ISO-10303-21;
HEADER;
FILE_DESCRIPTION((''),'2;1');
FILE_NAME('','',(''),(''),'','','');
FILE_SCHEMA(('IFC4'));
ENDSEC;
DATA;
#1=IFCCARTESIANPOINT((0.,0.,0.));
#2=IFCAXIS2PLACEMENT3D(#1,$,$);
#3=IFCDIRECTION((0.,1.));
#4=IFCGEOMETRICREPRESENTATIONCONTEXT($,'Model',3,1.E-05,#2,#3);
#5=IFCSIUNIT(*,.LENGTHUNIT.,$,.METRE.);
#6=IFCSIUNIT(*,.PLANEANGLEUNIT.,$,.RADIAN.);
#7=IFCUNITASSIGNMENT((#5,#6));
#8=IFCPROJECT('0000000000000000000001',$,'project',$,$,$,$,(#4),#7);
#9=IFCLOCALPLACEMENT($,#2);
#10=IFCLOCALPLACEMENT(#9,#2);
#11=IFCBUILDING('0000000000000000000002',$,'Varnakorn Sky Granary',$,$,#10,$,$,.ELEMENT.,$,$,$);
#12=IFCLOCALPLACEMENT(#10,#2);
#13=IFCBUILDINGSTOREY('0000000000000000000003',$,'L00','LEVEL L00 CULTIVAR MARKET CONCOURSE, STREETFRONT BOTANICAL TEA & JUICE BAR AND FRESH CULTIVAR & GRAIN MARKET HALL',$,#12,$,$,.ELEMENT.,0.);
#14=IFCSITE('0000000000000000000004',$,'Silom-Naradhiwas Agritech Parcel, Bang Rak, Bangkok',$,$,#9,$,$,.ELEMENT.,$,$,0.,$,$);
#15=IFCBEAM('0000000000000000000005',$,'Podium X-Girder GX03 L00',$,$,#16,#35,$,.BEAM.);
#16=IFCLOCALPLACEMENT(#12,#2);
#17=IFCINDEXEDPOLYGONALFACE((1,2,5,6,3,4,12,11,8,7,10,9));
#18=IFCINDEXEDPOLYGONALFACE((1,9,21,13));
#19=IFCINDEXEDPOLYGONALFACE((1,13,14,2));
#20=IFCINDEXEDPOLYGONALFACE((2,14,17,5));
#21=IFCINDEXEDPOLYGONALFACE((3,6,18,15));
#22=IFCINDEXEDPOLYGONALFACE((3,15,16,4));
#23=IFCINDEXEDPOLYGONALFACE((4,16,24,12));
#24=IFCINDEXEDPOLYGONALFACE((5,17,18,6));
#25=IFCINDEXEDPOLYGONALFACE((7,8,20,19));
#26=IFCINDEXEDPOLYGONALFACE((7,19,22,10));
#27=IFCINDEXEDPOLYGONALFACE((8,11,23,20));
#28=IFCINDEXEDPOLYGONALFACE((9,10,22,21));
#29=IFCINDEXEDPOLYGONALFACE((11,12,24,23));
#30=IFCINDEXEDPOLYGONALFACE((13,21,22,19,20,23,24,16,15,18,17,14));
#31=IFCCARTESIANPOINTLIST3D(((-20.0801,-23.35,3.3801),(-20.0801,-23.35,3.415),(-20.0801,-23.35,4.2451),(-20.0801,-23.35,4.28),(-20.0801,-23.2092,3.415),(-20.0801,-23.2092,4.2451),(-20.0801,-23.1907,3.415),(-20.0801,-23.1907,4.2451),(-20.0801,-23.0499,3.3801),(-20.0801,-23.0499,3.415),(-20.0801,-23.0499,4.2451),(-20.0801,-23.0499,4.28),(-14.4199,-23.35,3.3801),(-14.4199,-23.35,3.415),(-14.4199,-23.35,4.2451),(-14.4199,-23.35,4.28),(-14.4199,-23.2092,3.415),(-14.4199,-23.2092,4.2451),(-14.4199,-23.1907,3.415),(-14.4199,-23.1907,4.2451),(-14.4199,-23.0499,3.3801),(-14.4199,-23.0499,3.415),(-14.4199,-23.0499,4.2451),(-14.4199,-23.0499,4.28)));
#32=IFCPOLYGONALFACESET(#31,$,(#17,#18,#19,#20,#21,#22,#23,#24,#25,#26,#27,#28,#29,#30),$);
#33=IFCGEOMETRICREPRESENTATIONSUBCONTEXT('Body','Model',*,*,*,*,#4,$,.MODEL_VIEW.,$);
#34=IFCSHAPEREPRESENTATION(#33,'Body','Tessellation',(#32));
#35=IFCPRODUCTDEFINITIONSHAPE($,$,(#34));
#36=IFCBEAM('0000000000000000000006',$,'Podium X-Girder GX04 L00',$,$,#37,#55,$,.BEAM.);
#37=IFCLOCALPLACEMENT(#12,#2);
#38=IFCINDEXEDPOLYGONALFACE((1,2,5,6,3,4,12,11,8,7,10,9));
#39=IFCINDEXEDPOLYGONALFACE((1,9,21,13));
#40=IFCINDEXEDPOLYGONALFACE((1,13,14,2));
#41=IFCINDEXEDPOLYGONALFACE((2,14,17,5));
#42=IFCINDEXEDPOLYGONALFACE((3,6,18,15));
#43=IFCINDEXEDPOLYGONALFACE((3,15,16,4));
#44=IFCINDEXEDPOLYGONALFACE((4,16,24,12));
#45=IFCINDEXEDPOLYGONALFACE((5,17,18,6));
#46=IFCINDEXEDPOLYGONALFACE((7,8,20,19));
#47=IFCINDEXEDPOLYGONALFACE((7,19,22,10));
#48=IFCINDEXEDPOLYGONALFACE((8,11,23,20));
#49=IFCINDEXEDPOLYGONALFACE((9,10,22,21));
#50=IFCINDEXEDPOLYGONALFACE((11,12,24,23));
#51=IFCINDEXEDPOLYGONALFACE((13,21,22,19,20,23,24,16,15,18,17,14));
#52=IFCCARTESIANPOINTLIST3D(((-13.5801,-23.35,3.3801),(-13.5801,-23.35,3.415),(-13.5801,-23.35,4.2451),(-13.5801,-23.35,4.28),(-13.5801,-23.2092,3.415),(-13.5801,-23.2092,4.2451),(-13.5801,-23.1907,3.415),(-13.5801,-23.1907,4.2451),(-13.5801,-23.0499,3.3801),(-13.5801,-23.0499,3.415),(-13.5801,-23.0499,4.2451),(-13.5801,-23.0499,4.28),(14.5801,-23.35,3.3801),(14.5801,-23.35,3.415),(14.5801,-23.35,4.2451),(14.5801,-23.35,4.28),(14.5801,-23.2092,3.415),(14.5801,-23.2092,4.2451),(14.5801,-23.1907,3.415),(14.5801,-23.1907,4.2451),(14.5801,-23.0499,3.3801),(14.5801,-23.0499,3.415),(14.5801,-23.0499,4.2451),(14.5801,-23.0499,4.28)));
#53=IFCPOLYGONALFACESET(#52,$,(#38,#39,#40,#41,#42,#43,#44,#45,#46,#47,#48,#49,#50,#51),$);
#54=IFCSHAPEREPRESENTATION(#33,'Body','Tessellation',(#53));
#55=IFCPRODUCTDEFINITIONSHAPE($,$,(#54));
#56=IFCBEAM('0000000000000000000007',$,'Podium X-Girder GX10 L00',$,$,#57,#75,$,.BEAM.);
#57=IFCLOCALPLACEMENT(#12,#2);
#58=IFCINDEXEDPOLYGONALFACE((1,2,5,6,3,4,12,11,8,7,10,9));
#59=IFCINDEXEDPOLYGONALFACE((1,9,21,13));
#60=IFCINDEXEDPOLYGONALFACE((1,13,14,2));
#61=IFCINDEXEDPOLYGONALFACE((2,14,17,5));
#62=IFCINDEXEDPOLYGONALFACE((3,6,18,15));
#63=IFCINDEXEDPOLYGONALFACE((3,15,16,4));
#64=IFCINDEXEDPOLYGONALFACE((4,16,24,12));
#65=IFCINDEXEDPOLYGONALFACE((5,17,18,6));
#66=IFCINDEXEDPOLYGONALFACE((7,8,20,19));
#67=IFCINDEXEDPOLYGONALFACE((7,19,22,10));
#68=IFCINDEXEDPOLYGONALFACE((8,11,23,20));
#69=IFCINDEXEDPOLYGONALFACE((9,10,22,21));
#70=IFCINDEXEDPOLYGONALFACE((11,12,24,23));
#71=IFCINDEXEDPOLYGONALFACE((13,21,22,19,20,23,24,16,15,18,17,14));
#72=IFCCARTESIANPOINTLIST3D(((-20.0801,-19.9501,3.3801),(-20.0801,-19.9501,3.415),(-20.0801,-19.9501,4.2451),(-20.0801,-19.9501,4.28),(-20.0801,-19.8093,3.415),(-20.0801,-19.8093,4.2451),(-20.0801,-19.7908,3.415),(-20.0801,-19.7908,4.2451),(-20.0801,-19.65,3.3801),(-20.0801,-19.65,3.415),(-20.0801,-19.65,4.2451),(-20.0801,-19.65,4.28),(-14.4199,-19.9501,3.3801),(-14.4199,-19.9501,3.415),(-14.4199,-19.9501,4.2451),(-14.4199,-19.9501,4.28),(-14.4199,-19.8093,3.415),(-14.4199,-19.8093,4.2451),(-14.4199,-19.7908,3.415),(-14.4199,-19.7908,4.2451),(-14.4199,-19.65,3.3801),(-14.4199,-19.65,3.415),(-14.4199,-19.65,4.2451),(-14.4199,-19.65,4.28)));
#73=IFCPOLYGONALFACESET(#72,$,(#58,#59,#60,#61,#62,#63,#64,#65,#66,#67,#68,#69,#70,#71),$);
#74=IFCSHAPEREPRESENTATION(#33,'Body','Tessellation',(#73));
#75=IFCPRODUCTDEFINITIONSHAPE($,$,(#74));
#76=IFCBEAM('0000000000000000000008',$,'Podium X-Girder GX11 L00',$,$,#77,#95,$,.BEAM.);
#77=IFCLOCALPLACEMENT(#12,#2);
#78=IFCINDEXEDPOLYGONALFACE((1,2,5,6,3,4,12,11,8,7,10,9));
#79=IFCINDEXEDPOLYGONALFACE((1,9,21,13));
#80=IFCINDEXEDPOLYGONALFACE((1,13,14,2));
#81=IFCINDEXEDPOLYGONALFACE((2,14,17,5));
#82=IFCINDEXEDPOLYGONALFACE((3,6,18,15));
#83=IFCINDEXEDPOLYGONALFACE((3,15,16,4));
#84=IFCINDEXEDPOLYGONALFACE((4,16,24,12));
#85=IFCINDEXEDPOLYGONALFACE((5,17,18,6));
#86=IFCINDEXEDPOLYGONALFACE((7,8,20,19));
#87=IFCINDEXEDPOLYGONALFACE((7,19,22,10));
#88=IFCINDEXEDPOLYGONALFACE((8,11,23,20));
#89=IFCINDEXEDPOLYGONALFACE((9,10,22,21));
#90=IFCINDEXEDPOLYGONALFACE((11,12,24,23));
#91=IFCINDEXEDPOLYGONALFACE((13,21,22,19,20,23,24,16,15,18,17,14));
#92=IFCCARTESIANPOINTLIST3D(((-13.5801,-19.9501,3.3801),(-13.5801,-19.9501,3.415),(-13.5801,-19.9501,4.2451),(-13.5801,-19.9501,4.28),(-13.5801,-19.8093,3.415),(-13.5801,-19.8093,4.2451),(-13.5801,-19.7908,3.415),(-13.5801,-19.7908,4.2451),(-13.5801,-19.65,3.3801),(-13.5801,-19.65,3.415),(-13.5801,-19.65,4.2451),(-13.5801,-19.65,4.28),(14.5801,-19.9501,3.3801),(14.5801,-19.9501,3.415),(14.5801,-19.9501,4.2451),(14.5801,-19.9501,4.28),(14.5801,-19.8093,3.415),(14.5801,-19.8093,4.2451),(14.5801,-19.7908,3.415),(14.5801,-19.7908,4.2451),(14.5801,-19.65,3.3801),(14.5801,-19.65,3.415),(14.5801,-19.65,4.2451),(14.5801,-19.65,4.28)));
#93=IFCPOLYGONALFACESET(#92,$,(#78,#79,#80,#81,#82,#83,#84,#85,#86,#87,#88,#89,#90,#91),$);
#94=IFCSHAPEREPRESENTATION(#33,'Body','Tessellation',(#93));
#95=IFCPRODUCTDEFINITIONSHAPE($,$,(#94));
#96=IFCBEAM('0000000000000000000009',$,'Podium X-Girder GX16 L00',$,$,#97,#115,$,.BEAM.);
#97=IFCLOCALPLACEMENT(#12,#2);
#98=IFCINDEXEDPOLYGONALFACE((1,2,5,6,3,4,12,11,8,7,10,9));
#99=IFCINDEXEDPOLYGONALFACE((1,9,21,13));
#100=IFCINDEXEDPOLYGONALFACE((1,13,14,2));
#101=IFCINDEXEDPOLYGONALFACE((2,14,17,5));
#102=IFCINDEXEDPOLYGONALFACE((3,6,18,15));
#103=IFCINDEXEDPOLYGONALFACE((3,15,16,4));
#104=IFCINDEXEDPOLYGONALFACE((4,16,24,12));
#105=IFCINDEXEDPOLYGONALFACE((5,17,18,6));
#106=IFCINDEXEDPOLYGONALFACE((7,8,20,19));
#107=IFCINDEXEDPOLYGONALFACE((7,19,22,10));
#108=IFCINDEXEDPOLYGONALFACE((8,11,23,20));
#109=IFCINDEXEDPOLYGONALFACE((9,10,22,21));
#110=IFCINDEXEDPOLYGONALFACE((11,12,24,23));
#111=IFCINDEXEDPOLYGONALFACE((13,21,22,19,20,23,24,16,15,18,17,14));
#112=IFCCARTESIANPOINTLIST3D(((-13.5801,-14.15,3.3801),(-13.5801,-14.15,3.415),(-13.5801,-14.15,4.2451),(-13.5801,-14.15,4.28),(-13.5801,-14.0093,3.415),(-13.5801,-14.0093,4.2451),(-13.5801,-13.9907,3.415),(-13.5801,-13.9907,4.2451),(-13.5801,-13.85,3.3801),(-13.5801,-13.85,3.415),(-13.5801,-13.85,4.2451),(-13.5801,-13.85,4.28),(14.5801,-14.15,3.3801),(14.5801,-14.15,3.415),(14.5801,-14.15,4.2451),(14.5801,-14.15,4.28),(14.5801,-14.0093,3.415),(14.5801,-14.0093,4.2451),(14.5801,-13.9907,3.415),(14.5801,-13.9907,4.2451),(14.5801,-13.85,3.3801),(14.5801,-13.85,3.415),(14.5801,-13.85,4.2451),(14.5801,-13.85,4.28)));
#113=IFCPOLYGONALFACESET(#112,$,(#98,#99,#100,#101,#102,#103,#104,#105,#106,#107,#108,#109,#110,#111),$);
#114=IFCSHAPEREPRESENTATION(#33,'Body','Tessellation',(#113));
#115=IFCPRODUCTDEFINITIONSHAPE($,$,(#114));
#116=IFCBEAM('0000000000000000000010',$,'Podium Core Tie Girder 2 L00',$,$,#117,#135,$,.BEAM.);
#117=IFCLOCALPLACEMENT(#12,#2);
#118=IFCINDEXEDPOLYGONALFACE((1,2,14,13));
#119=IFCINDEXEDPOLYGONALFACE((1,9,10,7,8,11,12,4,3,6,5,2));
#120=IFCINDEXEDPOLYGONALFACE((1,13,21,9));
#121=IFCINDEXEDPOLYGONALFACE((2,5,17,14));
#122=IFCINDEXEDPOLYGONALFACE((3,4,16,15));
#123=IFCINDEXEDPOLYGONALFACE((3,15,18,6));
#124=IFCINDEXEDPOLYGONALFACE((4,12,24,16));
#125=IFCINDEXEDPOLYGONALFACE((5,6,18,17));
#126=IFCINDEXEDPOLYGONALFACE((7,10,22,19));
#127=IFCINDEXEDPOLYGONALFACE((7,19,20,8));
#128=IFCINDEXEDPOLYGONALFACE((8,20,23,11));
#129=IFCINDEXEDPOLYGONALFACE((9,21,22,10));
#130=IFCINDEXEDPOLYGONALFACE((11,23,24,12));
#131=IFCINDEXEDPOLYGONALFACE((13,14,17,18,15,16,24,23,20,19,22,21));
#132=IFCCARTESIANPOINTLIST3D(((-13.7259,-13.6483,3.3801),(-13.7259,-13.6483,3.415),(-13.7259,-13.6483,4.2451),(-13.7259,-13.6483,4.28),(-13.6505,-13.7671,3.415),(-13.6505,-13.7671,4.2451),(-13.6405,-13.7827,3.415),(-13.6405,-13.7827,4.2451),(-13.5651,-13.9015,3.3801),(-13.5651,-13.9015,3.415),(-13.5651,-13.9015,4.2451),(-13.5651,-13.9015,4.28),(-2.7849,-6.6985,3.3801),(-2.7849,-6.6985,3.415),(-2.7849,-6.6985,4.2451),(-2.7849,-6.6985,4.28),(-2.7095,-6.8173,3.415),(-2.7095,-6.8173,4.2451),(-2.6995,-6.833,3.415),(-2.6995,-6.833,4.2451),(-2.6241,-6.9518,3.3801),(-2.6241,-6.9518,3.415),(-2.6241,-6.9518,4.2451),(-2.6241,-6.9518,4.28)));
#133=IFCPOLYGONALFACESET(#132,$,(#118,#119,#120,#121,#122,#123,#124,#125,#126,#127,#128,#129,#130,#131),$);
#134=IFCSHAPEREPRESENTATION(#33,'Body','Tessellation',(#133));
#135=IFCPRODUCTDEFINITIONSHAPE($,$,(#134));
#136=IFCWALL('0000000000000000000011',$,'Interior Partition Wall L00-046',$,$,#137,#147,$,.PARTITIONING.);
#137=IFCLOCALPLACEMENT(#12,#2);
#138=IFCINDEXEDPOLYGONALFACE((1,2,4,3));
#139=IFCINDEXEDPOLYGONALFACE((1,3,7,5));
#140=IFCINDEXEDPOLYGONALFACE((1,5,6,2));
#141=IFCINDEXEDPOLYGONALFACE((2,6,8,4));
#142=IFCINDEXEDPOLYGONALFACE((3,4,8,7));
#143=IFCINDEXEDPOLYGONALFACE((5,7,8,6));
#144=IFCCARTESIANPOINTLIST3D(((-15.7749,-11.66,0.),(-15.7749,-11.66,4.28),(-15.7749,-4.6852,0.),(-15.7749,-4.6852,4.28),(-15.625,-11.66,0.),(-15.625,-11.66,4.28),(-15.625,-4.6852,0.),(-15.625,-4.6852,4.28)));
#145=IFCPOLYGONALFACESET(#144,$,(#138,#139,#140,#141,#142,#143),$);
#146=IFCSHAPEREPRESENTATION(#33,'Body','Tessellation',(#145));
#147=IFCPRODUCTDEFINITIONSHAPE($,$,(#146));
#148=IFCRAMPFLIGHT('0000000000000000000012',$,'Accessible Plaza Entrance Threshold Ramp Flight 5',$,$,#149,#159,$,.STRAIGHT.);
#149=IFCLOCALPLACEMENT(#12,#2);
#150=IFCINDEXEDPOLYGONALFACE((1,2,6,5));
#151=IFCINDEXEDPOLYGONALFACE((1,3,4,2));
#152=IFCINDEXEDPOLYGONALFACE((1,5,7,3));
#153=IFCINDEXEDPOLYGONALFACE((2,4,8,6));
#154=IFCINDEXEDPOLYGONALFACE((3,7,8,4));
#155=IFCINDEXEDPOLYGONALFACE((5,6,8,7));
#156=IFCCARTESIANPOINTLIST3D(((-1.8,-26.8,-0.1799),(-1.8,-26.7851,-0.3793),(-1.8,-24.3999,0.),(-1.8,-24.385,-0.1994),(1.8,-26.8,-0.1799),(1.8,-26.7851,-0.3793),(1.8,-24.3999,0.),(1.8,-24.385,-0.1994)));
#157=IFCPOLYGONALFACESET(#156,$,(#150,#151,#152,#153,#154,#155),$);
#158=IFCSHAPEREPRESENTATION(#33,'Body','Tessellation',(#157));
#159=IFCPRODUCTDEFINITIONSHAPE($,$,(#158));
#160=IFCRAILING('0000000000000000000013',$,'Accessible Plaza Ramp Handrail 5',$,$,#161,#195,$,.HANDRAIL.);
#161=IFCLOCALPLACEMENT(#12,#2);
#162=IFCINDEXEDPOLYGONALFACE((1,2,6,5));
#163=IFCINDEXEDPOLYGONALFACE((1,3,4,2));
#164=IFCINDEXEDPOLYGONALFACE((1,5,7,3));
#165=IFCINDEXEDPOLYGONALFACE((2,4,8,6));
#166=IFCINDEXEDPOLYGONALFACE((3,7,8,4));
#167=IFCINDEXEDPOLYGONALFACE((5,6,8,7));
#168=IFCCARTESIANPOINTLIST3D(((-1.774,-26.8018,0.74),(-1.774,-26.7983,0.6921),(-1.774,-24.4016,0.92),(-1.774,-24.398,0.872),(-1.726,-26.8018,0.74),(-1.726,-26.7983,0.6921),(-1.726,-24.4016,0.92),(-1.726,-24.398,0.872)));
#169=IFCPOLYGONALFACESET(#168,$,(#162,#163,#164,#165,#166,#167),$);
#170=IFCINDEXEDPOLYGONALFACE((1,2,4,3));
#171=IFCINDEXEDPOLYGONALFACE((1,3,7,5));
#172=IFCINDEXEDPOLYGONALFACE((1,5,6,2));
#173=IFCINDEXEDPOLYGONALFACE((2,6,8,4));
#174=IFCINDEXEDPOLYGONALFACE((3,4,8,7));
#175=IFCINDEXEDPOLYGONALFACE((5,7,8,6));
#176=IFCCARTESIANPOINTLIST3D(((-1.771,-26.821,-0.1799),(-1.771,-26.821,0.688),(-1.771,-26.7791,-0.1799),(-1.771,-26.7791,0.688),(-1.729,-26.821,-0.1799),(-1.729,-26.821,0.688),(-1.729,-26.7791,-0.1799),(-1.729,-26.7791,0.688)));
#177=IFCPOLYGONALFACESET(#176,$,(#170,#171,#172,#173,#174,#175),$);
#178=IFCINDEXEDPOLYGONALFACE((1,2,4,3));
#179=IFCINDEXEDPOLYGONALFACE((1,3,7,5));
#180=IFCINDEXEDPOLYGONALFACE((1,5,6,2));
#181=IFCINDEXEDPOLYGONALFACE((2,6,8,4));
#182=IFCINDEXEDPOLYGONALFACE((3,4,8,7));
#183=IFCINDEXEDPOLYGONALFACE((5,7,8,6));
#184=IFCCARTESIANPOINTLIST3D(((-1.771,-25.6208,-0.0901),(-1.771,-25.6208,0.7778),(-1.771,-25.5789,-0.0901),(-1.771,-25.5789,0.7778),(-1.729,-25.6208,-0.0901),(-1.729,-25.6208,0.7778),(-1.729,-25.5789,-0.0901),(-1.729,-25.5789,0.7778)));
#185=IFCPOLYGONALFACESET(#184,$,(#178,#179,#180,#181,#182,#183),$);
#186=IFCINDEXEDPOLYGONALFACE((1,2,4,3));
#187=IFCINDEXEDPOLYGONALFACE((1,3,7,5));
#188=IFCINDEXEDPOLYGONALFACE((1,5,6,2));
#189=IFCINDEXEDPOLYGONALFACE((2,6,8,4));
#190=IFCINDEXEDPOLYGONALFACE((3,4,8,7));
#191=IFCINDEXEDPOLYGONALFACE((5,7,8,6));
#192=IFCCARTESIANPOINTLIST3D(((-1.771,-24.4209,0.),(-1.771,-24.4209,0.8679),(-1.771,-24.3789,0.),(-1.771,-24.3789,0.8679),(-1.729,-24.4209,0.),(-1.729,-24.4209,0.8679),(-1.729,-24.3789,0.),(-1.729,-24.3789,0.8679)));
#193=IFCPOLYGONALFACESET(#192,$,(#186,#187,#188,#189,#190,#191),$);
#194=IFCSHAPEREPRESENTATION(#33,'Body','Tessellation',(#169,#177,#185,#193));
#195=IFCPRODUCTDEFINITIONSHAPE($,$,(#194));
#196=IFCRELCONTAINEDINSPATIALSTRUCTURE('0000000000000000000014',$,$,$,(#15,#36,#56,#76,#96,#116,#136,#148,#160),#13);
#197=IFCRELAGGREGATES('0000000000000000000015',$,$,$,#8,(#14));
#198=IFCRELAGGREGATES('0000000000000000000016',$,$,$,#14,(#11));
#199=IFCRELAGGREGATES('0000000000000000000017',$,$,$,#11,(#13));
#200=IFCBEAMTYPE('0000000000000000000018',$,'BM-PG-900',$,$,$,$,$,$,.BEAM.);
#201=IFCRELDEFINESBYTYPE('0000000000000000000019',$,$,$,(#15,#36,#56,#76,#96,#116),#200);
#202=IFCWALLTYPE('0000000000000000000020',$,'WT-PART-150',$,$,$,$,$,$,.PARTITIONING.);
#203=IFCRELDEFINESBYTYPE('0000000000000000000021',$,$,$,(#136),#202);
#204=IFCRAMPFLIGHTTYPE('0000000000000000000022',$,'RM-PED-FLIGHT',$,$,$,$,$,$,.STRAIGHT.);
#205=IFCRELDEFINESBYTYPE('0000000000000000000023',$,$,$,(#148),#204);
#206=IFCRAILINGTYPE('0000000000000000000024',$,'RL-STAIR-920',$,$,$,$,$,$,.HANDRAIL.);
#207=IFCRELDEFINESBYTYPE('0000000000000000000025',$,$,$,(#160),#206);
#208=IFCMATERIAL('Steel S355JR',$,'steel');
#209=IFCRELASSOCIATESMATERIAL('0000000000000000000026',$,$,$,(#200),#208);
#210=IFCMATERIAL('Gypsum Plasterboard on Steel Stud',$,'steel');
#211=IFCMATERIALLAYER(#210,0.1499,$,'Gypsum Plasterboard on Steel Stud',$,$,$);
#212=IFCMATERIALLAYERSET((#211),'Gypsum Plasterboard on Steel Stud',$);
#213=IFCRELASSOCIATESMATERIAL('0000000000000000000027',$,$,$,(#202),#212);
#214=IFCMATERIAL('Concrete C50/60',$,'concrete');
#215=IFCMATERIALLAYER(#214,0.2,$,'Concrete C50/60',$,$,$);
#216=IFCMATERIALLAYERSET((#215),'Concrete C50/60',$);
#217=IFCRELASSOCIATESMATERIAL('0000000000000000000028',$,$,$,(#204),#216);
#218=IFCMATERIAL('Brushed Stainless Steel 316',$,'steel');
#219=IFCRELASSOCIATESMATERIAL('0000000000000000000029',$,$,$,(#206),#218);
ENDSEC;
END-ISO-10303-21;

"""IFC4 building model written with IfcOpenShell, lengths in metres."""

from ifc_helpers import new_model, si_unit, direction, frame, frame_2d, origin, origin_2d, place, context, subcontext, project, spatial, polyline, rectangle, i_section, outline, extrude, material, layer, layer_set, material_profile, profile_set, type_object, element, save


model = new_model("IFC4")

# Units and contexts
model_context = context("Model", 3, precision=1e-05, world=origin(), true_north=direction((0.0, 1.0)))
body_context = subcontext(model_context, "Body", "Model", "MODEL_VIEW")
ifc_project = project(units=[si_unit("LENGTHUNIT", "METRE"), si_unit("PLANEANGLEUNIT", "RADIAN")], contexts=[model_context])

# Site, building, storey
site_placement = place(None, origin())
site = spatial("IfcSite", under=ifc_project, at=site_placement, Name="Silom-Naradhiwas Agritech Parcel, Bang Rak, Bangkok", CompositionType="ELEMENT", RefElevation=0.0)
building_placement = place(site_placement, origin())
building = spatial("IfcBuilding", under=site, at=building_placement, Name="Varnakorn Sky Granary", CompositionType="ELEMENT")
storey_placement = place(building_placement, origin())
storey = spatial("IfcBuildingStorey", under=building, at=storey_placement, Name="L00", Description="LEVEL L00 CULTIVAR MARKET CONCOURSE, STREETFRONT BOTANICAL TEA & JUICE BAR AND FRESH CULTIVAR & GRAIN MARKET HALL", CompositionType="ELEMENT", Elevation=0.0)

# Shared definitions
ifc_material_1 = material(Name="Concrete C50/60", Category="concrete")

# Beams
ifc_material_2 = material(Name="Steel S355JR", Category="steel")
ifc_material_profile_1 = material_profile(ifc_material_2, i_section(OverallWidth=0.3, OverallDepth=0.8999, WebThickness=0.0186, FlangeThickness=0.0349, at=origin_2d()), Name="HE 900 B")
ifc_profile_set_1 = profile_set([ifc_material_profile_1], Name="Steel S355JR")
beam_type_1 = type_object("IfcBeamType", Name="BM-PG-900", PredefinedType="BEAM", material=ifc_profile_set_1)
beam_1_placement = place(storey_placement, frame((-20.0801, -23.2, 3.8301), z_axis=(1.0, 0.0, 0.0), x_axis=(0.0, 1.0, 0.0)))
element("IfcBeam", 1, at=beam_1_placement, inside=storey, type_object=beam_type_1, Name="Podium X-Girder GX03 L00", PredefinedType="BEAM", context=body_context, shape_type="SweptSolid", body=[
    extrude(i_section(OverallWidth=0.3, OverallDepth=0.8999, WebThickness=0.0186, FlangeThickness=0.0349, at=origin_2d()), origin(), (0.0, 0.0, 1.0), 5.6602),
])
beam_2_placement = place(storey_placement, frame((-13.5801, -23.2, 3.8301), z_axis=(1.0, 0.0, 0.0), x_axis=(0.0, 1.0, 0.0)))
element("IfcBeam", 2, at=beam_2_placement, inside=storey, type_object=beam_type_1, Name="Podium X-Girder GX04 L00", PredefinedType="BEAM", context=body_context, shape_type="SweptSolid", body=[
    extrude(i_section(OverallWidth=0.3, OverallDepth=0.8999, WebThickness=0.0186, FlangeThickness=0.0349, at=origin_2d()), origin(), (0.0, 0.0, 1.0), 28.1602),
])
beam_3_placement = place(storey_placement, frame((-20.0801, -19.8, 3.8301), z_axis=(1.0, 0.0, 0.0), x_axis=(0.0, 1.0, 0.0)))
element("IfcBeam", 3, at=beam_3_placement, inside=storey, type_object=beam_type_1, Name="Podium X-Girder GX10 L00", PredefinedType="BEAM", context=body_context, shape_type="SweptSolid", body=[
    extrude(i_section(OverallWidth=0.3, OverallDepth=0.8999, WebThickness=0.0186, FlangeThickness=0.0349, at=origin_2d()), origin(), (0.0, 0.0, 1.0), 5.6602),
])
for number, where, z_axis, x_axis, name in (
    (4, (-13.5801, -19.8, 3.8301), (1.0, 0.0, 0.0), (0.0, 1.0, 0.0), "Podium X-Girder GX11 L00"),
    (5, (-13.5801, -14.0, 3.8301), (1.0, 0.0, 0.0), (0.0, 1.0, 0.0), "Podium X-Girder GX16 L00"),
):
    element("IfcBeam", number, at=place(storey_placement, frame(where, z_axis=z_axis, x_axis=x_axis)), inside=storey, type_object=beam_type_1, Name=name, PredefinedType="BEAM", context=body_context, shape_type="SweptSolid", body=[
        extrude(i_section(OverallWidth=0.3, OverallDepth=0.8999, WebThickness=0.0186, FlangeThickness=0.0349, at=origin_2d()), origin(), (0.0, 0.0, 1.0), 28.1602),
    ])
beam_4_placement = place(storey_placement, frame((-13.6455, -13.7749, 3.8301), z_axis=(0.844105, 0.536178, 0.0), x_axis=(-0.536178, 0.844105, 0.0)))
element("IfcBeam", 6, at=beam_4_placement, inside=storey, type_object=beam_type_1, Name="Podium Core Tie Girder 2 L00", PredefinedType="BEAM", context=body_context, shape_type="SweptSolid", body=[
    extrude(i_section(OverallWidth=0.3, OverallDepth=0.8999, WebThickness=0.0186, FlangeThickness=0.0349, at=origin_2d()), origin(), (0.0, 0.0, 1.0), 12.9617),
])

# Wall
ifc_material_3 = material(Name="Gypsum Plasterboard on Steel Stud", Category="steel")
ifc_layer_1 = layer(ifc_material_3, 0.1499, Name="Gypsum Plasterboard on Steel Stud")
ifc_layer_set_1 = layer_set([ifc_layer_1], Name="Gypsum Plasterboard on Steel Stud")
wall_type = type_object("IfcWallType", Name="WT-PART-150", PredefinedType="PARTITIONING", material=ifc_layer_set_1)
wall_placement = place(storey_placement, frame((-15.7, -11.6599, 0.0), z_axis=(0.0, 0.0, 1.0), x_axis=(0.0, 1.0, 0.0)))
element("IfcWall", 7, at=wall_placement, inside=storey, type_object=wall_type, Name="Interior Partition Wall L00-046", PredefinedType="PARTITIONING", context=body_context, shape_type="SweptSolid", body=[
    extrude(rectangle(XDim=6.9749, YDim=0.1499, at=frame_2d((3.4873, 0.0))), origin(), (0.0, 0.0, 1.0), 4.28),
])

# Ramp flight
ifc_layer_2 = layer(ifc_material_1, 0.2, Name="Concrete C50/60")
ifc_layer_set_2 = layer_set([ifc_layer_2], Name="Concrete C50/60")
ramp_flight_type = type_object("IfcRampFlightType", Name="RM-PED-FLIGHT", PredefinedType="STRAIGHT", material=ifc_layer_set_2)
ramp_flight_placement = place(storey_placement, frame((-1.8, -26.8, -0.1799), z_axis=(0.0, -0.074757, 0.997202), x_axis=(1.0, 0.0, 0.0)))
element("IfcRampFlight", 8, at=ramp_flight_placement, inside=storey, type_object=ramp_flight_type, Name="Accessible Plaza Entrance Threshold Ramp Flight 5", PredefinedType="STRAIGHT", context=body_context, shape_type="SweptSolid", body=[
    extrude(outline(polyline([(0.0, 0.0), (3.6001, 0.0), (3.6001, 2.4069), (0.0, 2.4069), (0.0, 0.0)])), origin(), (0.0, 0.0, -1.0), 0.2),
])

# Railing
ifc_material_4 = material(Name="Brushed Stainless Steel 316", Category="steel")
railing_type_1 = type_object("IfcRailingType", Name="RL-STAIR-920", PredefinedType="HANDRAIL", material=ifc_material_4)
railing_1_placement = place(storey_placement, frame((-1.75, -26.8, -0.1799)))
element("IfcRailing", 9, at=railing_1_placement, inside=storey, type_object=railing_type_1, Name="Accessible Plaza Ramp Handrail 5", PredefinedType="HANDRAIL", context=body_context, shape_type="SweptSolid", body=[
    extrude(rectangle(XDim=0.0481, YDim=0.0481, at=origin_2d()), frame((0.0, 0.0, 0.896), z_axis=(0.0, 0.997202, 0.074757), x_axis=(-1.0, 0.0, 0.0)), (0.0, 0.0, 1.0), 2.407),
    extrude(rectangle(XDim=0.042, YDim=0.042, at=origin_2d()), origin(), (0.0, 0.0, 1.0), 0.8679),
    extrude(rectangle(XDim=0.042, YDim=0.042, at=origin_2d()), frame((0.0, 1.2002, 0.0898)), (0.0, 0.0, 1.0), 0.8679),
    extrude(rectangle(XDim=0.042, YDim=0.042, at=origin_2d()), frame((0.0, 2.4001, 0.1799)), (0.0, 0.0, 1.0), 0.8679),
])

save(model, "model.ifc")
